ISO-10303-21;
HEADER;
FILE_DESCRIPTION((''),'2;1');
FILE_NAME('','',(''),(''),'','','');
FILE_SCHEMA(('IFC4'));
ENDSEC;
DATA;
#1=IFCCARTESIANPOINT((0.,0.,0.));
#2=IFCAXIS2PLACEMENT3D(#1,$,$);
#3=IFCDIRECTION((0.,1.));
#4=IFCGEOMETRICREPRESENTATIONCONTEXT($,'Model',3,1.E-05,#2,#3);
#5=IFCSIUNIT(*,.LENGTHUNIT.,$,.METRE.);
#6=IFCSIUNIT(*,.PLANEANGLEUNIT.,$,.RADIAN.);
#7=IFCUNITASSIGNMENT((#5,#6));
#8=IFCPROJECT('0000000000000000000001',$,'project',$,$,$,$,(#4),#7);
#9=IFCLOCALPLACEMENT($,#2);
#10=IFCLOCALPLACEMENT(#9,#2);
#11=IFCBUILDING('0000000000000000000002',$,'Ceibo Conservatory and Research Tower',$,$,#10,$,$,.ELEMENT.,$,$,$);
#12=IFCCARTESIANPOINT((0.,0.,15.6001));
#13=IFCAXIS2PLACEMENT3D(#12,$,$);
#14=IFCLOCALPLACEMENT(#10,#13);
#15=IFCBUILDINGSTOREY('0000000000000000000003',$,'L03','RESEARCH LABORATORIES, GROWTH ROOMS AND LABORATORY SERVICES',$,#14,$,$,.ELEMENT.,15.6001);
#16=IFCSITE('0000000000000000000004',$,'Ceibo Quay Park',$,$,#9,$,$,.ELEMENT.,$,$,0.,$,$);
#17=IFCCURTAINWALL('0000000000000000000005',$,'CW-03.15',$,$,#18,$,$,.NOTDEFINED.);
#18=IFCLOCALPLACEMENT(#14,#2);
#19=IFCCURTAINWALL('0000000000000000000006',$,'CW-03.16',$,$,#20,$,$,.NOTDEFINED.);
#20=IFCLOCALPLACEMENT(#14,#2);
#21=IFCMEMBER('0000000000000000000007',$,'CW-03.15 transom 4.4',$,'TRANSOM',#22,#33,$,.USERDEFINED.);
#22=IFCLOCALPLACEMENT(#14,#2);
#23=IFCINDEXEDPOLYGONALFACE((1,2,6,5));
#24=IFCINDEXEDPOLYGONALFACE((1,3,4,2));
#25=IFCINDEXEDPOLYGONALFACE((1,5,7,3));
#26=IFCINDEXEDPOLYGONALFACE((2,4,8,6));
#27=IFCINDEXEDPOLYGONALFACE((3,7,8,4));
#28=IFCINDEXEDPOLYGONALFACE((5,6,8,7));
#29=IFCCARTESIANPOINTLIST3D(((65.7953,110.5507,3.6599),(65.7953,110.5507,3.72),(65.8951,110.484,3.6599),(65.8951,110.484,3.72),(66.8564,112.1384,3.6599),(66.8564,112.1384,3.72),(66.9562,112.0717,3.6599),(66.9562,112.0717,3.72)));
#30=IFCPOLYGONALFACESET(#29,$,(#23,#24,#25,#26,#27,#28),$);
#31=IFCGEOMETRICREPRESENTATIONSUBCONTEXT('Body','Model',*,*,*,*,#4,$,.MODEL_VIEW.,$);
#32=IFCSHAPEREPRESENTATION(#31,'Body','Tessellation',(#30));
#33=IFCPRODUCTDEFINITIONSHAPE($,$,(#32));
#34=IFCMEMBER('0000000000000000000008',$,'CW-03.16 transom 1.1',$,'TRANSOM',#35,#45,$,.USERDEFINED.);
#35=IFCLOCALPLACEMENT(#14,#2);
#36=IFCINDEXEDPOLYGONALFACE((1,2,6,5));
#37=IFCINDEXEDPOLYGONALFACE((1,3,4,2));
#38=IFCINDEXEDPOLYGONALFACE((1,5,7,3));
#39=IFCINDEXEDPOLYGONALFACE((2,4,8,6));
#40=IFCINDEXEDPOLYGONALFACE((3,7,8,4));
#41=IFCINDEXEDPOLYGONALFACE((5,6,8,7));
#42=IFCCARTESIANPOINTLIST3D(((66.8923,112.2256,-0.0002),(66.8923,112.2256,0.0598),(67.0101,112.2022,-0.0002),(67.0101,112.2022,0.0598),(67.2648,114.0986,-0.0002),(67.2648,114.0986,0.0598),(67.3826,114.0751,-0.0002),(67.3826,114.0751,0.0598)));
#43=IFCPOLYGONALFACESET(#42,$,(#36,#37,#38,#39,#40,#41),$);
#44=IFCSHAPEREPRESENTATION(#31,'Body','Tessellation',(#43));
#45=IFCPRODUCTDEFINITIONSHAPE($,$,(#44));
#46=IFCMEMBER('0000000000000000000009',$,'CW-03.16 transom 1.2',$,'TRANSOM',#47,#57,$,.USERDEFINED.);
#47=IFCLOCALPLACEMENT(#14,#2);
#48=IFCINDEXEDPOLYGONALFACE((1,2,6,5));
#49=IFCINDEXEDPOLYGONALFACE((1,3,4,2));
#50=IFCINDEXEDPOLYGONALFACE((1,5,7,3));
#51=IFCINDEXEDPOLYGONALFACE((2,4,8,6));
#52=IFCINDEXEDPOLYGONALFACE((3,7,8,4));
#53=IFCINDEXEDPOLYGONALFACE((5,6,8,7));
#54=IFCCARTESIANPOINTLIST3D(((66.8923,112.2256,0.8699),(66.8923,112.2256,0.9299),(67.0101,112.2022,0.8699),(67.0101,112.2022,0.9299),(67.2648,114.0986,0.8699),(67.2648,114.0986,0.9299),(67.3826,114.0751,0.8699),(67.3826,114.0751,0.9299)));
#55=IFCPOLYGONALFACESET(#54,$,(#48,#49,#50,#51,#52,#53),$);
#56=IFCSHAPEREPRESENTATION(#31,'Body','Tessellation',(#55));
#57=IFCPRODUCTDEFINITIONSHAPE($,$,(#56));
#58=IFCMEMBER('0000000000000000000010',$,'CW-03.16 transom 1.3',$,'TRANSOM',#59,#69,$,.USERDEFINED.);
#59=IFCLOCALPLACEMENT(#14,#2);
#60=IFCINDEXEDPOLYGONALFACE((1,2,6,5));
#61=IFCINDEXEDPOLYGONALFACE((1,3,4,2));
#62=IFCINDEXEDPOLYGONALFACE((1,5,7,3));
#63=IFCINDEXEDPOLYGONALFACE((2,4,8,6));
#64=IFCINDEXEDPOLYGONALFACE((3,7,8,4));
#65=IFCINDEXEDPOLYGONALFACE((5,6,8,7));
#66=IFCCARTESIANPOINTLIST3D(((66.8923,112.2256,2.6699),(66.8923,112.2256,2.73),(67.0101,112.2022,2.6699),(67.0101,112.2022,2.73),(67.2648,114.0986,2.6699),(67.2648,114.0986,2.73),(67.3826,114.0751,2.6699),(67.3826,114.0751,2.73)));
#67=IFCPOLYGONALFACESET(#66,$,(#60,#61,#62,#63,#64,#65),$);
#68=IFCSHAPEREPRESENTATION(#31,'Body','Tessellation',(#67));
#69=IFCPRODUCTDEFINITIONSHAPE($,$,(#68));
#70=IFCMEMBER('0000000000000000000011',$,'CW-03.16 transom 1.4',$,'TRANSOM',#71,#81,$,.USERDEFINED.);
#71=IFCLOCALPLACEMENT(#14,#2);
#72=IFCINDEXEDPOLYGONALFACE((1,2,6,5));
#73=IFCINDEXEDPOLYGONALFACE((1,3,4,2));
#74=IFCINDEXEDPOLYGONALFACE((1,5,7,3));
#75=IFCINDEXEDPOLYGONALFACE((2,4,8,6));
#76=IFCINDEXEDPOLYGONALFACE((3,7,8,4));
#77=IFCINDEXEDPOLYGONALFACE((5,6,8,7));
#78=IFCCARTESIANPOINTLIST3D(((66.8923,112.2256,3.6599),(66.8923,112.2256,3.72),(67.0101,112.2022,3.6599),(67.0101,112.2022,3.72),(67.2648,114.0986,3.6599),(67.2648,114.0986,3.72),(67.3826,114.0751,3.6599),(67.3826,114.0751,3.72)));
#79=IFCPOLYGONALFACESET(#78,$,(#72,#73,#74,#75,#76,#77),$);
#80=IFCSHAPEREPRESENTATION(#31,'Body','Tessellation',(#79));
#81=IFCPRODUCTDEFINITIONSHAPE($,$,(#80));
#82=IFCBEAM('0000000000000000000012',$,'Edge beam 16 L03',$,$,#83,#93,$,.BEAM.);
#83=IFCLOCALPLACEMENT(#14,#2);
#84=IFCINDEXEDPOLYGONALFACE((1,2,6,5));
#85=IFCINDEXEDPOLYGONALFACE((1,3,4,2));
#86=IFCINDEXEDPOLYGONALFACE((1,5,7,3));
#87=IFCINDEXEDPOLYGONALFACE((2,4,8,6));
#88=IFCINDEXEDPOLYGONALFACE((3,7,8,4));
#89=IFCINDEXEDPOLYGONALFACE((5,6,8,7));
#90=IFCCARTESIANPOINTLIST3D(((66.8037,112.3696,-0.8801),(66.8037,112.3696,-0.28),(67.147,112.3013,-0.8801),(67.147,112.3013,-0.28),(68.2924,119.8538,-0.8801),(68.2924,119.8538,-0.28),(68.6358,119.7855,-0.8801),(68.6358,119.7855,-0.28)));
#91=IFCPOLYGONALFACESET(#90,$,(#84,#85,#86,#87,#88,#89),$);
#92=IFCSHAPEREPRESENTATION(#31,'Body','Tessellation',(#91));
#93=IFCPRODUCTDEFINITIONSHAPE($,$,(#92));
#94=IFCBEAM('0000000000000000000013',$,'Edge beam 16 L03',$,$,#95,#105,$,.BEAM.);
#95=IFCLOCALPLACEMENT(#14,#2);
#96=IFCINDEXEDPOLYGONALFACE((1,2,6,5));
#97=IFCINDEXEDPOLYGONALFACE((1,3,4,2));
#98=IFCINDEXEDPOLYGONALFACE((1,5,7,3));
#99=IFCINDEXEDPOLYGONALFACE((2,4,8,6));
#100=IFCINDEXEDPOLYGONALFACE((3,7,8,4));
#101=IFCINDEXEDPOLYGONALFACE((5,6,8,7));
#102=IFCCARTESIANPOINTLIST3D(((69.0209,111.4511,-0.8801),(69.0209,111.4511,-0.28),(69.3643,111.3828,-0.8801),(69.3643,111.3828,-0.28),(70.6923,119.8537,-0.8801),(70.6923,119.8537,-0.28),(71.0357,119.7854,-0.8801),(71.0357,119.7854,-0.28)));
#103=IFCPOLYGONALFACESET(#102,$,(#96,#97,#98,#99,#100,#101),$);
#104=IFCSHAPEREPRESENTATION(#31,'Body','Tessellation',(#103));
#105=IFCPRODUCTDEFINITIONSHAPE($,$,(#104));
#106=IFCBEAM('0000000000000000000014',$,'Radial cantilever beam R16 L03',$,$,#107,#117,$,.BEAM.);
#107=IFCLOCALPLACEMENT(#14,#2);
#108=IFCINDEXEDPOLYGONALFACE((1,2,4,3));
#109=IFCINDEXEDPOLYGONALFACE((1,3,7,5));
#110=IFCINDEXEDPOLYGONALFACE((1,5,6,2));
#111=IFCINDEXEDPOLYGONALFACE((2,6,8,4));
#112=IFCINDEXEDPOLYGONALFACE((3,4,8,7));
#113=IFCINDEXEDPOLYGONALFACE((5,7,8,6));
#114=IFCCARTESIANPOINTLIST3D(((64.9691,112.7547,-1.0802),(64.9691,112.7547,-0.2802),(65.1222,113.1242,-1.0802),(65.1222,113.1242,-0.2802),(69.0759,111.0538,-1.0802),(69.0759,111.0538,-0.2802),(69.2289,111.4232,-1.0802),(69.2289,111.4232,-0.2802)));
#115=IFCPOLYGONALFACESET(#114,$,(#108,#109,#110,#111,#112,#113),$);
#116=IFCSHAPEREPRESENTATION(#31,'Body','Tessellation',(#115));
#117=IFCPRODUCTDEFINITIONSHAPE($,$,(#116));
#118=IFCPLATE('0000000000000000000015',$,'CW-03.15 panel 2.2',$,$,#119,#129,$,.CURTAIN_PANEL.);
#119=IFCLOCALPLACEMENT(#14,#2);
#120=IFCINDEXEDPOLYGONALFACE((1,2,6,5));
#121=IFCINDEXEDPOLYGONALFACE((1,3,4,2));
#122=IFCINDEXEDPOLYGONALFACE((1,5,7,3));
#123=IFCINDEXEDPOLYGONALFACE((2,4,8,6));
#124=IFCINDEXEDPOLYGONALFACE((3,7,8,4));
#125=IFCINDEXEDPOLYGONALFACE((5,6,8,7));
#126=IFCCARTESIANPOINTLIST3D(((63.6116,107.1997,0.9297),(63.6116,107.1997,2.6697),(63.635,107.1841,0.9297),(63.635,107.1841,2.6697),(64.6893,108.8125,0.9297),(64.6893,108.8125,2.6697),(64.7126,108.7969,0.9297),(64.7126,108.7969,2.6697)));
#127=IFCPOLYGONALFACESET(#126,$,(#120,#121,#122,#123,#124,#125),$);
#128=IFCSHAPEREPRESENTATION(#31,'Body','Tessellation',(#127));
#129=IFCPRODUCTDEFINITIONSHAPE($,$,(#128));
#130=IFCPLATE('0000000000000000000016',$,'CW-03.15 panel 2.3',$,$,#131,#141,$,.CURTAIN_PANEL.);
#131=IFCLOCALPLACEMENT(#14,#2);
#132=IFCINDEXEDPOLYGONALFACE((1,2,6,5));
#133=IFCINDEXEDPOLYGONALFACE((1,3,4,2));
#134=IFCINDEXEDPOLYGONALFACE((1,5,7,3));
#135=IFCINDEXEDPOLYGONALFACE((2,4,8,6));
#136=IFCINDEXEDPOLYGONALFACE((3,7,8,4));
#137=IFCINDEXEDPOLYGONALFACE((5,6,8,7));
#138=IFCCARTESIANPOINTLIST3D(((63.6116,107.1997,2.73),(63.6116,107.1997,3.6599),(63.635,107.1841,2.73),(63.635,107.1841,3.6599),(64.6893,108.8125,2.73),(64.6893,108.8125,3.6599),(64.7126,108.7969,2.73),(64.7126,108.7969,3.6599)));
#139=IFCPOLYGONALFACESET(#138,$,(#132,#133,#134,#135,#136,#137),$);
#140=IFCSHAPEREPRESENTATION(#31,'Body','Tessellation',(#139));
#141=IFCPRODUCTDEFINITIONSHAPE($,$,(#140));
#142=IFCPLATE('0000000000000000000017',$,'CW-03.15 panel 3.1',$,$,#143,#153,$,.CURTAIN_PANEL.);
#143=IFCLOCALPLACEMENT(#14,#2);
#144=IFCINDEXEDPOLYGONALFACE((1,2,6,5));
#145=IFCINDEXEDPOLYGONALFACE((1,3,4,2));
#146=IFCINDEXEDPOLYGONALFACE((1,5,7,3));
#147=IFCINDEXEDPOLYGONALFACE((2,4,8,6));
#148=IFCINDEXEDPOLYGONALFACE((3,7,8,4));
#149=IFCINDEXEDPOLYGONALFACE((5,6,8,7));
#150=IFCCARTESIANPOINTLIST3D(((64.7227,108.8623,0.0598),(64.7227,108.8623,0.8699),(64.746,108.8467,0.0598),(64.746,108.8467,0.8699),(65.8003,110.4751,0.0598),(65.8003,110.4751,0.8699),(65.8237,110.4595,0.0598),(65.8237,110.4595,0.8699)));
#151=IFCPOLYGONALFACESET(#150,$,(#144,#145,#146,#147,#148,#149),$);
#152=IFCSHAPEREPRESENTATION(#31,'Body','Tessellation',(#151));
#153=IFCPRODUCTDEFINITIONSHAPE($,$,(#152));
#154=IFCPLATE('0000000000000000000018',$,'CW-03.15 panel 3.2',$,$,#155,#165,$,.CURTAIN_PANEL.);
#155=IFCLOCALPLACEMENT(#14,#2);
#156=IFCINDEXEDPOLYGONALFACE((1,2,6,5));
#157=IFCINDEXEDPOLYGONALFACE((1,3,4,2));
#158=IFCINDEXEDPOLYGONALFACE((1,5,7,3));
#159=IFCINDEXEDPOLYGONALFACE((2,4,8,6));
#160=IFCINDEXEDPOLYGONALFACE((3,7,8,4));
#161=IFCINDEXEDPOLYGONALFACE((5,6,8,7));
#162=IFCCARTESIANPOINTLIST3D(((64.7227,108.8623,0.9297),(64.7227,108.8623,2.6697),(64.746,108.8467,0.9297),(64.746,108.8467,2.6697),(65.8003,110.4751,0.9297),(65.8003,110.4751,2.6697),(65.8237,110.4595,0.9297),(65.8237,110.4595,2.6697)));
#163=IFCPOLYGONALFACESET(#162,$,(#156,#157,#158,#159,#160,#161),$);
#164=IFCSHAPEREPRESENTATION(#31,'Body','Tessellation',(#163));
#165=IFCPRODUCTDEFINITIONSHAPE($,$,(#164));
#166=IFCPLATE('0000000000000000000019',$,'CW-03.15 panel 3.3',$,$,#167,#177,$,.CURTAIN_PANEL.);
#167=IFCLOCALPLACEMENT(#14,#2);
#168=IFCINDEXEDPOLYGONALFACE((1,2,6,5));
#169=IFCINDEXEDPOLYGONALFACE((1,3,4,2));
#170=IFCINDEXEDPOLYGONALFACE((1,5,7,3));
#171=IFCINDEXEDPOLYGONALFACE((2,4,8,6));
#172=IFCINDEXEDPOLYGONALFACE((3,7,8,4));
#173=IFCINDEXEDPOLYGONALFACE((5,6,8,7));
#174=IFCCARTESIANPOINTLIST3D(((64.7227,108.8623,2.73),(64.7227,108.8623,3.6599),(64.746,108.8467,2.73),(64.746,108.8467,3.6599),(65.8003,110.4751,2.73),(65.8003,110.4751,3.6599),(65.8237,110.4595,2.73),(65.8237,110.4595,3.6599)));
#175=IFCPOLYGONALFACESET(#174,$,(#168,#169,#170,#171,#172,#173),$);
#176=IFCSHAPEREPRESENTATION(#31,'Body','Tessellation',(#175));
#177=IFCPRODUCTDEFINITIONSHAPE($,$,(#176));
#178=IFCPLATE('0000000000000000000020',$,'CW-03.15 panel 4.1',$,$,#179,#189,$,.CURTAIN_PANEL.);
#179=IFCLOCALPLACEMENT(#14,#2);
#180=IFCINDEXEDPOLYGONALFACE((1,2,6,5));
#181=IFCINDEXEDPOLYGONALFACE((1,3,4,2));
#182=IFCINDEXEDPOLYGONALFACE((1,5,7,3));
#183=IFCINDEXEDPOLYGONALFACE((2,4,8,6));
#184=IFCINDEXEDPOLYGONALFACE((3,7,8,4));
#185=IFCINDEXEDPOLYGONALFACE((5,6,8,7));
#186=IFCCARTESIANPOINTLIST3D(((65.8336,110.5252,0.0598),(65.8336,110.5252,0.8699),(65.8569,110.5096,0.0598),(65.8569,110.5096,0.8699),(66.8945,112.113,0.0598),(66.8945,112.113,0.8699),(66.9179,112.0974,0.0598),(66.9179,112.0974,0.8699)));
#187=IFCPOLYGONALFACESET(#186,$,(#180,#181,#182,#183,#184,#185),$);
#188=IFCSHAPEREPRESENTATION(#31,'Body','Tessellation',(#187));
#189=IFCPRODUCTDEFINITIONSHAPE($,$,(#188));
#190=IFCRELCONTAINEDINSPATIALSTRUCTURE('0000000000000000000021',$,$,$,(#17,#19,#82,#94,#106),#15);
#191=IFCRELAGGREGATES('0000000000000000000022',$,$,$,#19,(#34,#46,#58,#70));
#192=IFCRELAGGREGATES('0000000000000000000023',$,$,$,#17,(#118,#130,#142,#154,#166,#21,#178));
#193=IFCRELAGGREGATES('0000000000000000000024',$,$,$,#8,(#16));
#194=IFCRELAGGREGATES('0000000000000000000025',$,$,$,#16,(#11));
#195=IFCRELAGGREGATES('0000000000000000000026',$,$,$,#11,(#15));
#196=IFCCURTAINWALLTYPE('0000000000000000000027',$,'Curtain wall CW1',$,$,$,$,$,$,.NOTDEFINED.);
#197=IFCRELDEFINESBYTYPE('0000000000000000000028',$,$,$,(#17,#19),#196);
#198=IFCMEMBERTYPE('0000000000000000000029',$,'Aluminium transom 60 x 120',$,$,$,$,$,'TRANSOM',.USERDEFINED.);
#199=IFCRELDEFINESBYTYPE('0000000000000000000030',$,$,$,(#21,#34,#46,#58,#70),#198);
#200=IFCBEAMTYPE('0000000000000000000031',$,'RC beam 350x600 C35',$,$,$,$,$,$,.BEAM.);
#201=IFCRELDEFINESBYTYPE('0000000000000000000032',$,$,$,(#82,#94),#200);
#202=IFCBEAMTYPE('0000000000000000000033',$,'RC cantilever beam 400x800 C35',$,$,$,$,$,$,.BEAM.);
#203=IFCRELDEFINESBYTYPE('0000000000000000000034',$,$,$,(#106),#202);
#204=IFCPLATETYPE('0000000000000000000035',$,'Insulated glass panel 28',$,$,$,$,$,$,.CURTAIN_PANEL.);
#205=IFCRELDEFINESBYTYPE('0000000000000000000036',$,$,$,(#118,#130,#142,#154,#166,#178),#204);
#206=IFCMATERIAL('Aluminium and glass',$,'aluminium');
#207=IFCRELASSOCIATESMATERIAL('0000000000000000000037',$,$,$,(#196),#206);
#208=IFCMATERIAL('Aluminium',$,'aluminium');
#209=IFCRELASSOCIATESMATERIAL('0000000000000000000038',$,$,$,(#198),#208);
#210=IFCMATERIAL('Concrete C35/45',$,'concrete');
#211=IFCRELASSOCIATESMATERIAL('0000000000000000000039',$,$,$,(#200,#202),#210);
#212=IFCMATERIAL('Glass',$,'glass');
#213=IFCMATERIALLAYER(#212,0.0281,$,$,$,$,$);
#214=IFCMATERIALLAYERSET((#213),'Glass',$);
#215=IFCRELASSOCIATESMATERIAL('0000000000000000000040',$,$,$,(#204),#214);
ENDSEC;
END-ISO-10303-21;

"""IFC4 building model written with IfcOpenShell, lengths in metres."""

from ifc_helpers import new_model, si_unit, direction, frame, origin, origin_2d, place, context, subcontext, project, spatial, rectangle, extrude, material, layer, layer_set, material_profile, profile_set, type_object, element, aggregate, save


model = new_model("IFC4")

# Units and contexts
model_context = context("Model", 3, precision=1e-05, world=origin(), true_north=direction((0.0, 1.0)))
body_context = subcontext(model_context, "Body", "Model", "MODEL_VIEW")
ifc_project = project(units=[si_unit("LENGTHUNIT", "METRE"), si_unit("PLANEANGLEUNIT", "RADIAN")], contexts=[model_context])

# Site, building, storey
site_placement = place(None, origin())
site = spatial("IfcSite", under=ifc_project, at=site_placement, Name="Ceibo Quay Park", CompositionType="ELEMENT", RefElevation=0.0)
building_placement = place(site_placement, origin())
building = spatial("IfcBuilding", under=site, at=building_placement, Name="Ceibo Conservatory and Research Tower", CompositionType="ELEMENT")
storey_placement = place(building_placement, frame((0.0, 0.0, 15.6001)))
storey = spatial("IfcBuildingStorey", under=building, at=storey_placement, Name="L03", Description="RESEARCH LABORATORIES, GROWTH ROOMS AND LABORATORY SERVICES", CompositionType="ELEMENT", Elevation=15.6001)

# Shared definitions
ifc_material_1 = material(Name="Concrete C35/45", Category="concrete")

# Curtain wall
ifc_material_2 = material(Name="Aluminium and glass", Category="aluminium")
curtain_wall_type = type_object("IfcCurtainWallType", Name="Curtain wall CW1", PredefinedType="NOTDEFINED", material=ifc_material_2)
curtain_wall_1_placement = place(storey_placement, origin())
curtain_wall_1 = element("IfcCurtainWall", 1, at=curtain_wall_1_placement, inside=storey, type_object=curtain_wall_type, Name="CW-03.15", PredefinedType="NOTDEFINED")
ifc_material_3 = material(Name="Aluminium", Category="aluminium")

# Curtain wall
curtain_wall_2_placement = place(storey_placement, origin())
curtain_wall_2 = element("IfcCurtainWall", 2, at=curtain_wall_2_placement, inside=storey, type_object=curtain_wall_type, Name="CW-03.16", PredefinedType="NOTDEFINED")

# Members
ifc_material_profile_1 = material_profile(ifc_material_3, rectangle(XDim=0.1201, YDim=0.0601, at=origin_2d()), Name="Aluminium 60 x 120")
ifc_profile_set_1 = profile_set([ifc_material_profile_1], Name="Aluminium")
member_type_1 = type_object("IfcMemberType", Name="Aluminium transom 60 x 120", ElementType="TRANSOM", PredefinedType="USERDEFINED", material=ifc_profile_set_1)
member_1_placement = place(storey_placement, frame((65.8452, 110.5173, 3.6899), z_axis=(0.555644, 0.83142, 0.0), x_axis=(-0.83142, 0.555644, 0.0)))
member_1 = element("IfcMember", 3, at=member_1_placement, type_object=member_type_1, Name="CW-03.15 transom 4.4", ObjectType="TRANSOM", PredefinedType="USERDEFINED", context=body_context, shape_type="SweptSolid", body=[
    extrude(rectangle(XDim=0.1201, YDim=0.0601, at=origin_2d()), origin(), (0.0, 0.0, 1.0), 1.9097),
])
member_2_placement = place(storey_placement, frame((66.9512, 112.2139, 0.0298), z_axis=(0.195083, 0.980787, 0.0), x_axis=(-0.980787, 0.195083, 0.0)))
member_2 = element("IfcMember", 4, at=member_2_placement, type_object=member_type_1, Name="CW-03.16 transom 1.1", ObjectType="TRANSOM", PredefinedType="USERDEFINED", context=body_context, shape_type="SweptSolid", body=[
    extrude(rectangle(XDim=0.1201, YDim=0.0601, at=origin_2d()), origin(), (0.0, 0.0, 1.0), 1.9097),
])
member_3_placement = place(storey_placement, frame((66.9512, 112.2139, 0.8999), z_axis=(0.195083, 0.980787, 0.0), x_axis=(-0.980787, 0.195083, 0.0)))
member_3 = element("IfcMember", 5, at=member_3_placement, type_object=member_type_1, Name="CW-03.16 transom 1.2", ObjectType="TRANSOM", PredefinedType="USERDEFINED", context=body_context, shape_type="SweptSolid", body=[
    extrude(rectangle(XDim=0.1201, YDim=0.0601, at=origin_2d()), origin(), (0.0, 0.0, 1.0), 1.9097),
])
member_4_placement = place(storey_placement, frame((66.9512, 112.2139, 2.7), z_axis=(0.195083, 0.980787, 0.0), x_axis=(-0.980787, 0.195083, 0.0)))
member_4 = element("IfcMember", 6, at=member_4_placement, type_object=member_type_1, Name="CW-03.16 transom 1.3", ObjectType="TRANSOM", PredefinedType="USERDEFINED", context=body_context, shape_type="SweptSolid", body=[
    extrude(rectangle(XDim=0.1201, YDim=0.0601, at=origin_2d()), origin(), (0.0, 0.0, 1.0), 1.9097),
])
member_5_placement = place(storey_placement, frame((66.9512, 112.2139, 3.6899), z_axis=(0.195083, 0.980787, 0.0), x_axis=(-0.980787, 0.195083, 0.0)))
member_5 = element("IfcMember", 7, at=member_5_placement, type_object=member_type_1, Name="CW-03.16 transom 1.4", ObjectType="TRANSOM", PredefinedType="USERDEFINED", context=body_context, shape_type="SweptSolid", body=[
    extrude(rectangle(XDim=0.1201, YDim=0.0601, at=origin_2d()), origin(), (0.0, 0.0, 1.0), 1.9097),
])
aggregate(curtain_wall_2, [member_2, member_3, member_4, member_5])

# Beams
ifc_material_profile_2 = material_profile(ifc_material_1, rectangle(XDim=0.3501, YDim=0.6001, at=origin_2d()), Name="RC 350x600")
ifc_profile_set_2 = profile_set([ifc_material_profile_2], Name="Concrete C35/45")
beam_type_1 = type_object("IfcBeamType", Name="RC beam 350x600 C35", PredefinedType="BEAM", material=ifc_profile_set_2)
beam_1_placement = place(storey_placement, frame((66.9753, 112.3354, -0.5801), z_axis=(0.195101, 0.980783, 0.0), x_axis=(-0.980783, 0.195101, 0.0)))
element("IfcBeam", 8, at=beam_1_placement, inside=storey, type_object=beam_type_1, Name="Edge beam 16 L03", PredefinedType="BEAM", context=body_context, shape_type="SweptSolid", body=[
    extrude(rectangle(XDim=0.3501, YDim=0.6001, at=origin_2d()), origin(), (0.0, 0.0, 1.0), 7.6309),
])
beam_2_placement = place(storey_placement, frame((69.1926, 111.417, -0.5801), z_axis=(0.195091, 0.980785, 0.0), x_axis=(-0.980785, 0.195091, 0.0)))
element("IfcBeam", 9, at=beam_2_placement, inside=storey, type_object=beam_type_1, Name="Edge beam 16 L03", PredefinedType="BEAM", context=body_context, shape_type="SweptSolid", body=[
    extrude(rectangle(XDim=0.3501, YDim=0.6001, at=origin_2d()), origin(), (0.0, 0.0, 1.0), 8.5671),
])
ifc_material_profile_3 = material_profile(ifc_material_1, rectangle(XDim=0.3999, YDim=0.8, at=origin_2d()), Name="RC 400x800")
ifc_profile_set_3 = profile_set([ifc_material_profile_3], Name="Concrete C35/45")
beam_type_2 = type_object("IfcBeamType", Name="RC cantilever beam 400x800 C35", PredefinedType="BEAM", material=ifc_profile_set_3)
beam_3_placement = place(storey_placement, frame((65.0457, 112.9395, -0.6802), z_axis=(0.923889, -0.382661, 0.0), x_axis=(0.382661, 0.923889, 0.0)))
element("IfcBeam", 10, at=beam_3_placement, inside=storey, type_object=beam_type_2, Name="Radial cantilever beam R16 L03", PredefinedType="BEAM", context=body_context, shape_type="SweptSolid", body=[
    extrude(rectangle(XDim=0.3999, YDim=0.8, at=origin_2d()), origin(), (0.0, 0.0, 1.0), 4.4451),
])

# Plates
ifc_material_4 = material(Name="Glass", Category="glass")
ifc_layer_1 = layer(ifc_material_4, 0.0281)
ifc_layer_set_1 = layer_set([ifc_layer_1], Name="Glass")
plate_type = type_object("IfcPlateType", Name="Insulated glass panel 28", PredefinedType="CURTAIN_PANEL", material=ifc_layer_set_1)
plate_1_placement = place(storey_placement, frame((64.1621, 107.9983, 0.9297), z_axis=(0.0, 0.0, 1.0), x_axis=(0.55557, 0.83147, 0.0)))
plate_1 = element("IfcPlate", 11, at=plate_1_placement, type_object=plate_type, Name="CW-03.15 panel 2.2", PredefinedType="CURTAIN_PANEL", context=body_context, shape_type="SweptSolid", body=[
    extrude(rectangle(XDim=1.9397, YDim=0.0281, at=origin_2d()), origin(), (0.0, 0.0, 1.0), 1.74),
])
plate_2_placement = place(storey_placement, frame((64.1621, 107.9983, 2.73), z_axis=(0.0, 0.0, 1.0), x_axis=(0.55557, 0.83147, 0.0)))
plate_2 = element("IfcPlate", 12, at=plate_2_placement, type_object=plate_type, Name="CW-03.15 panel 2.3", PredefinedType="CURTAIN_PANEL", context=body_context, shape_type="SweptSolid", body=[
    extrude(rectangle(XDim=1.9397, YDim=0.0281, at=origin_2d()), origin(), (0.0, 0.0, 1.0), 0.9299),
])
plate_3_placement = place(storey_placement, frame((65.2732, 109.6609, 0.0598), z_axis=(0.0, 0.0, 1.0), x_axis=(0.55557, 0.83147, 0.0)))
plate_3 = element("IfcPlate", 13, at=plate_3_placement, type_object=plate_type, Name="CW-03.15 panel 3.1", PredefinedType="CURTAIN_PANEL", context=body_context, shape_type="SweptSolid", body=[
    extrude(rectangle(XDim=1.9397, YDim=0.0281, at=origin_2d()), origin(), (0.0, 0.0, 1.0), 0.8101),
])
plate_4_placement = place(storey_placement, frame((65.2732, 109.6609, 0.9297), z_axis=(0.0, 0.0, 1.0), x_axis=(0.55557, 0.83147, 0.0)))
plate_4 = element("IfcPlate", 14, at=plate_4_placement, type_object=plate_type, Name="CW-03.15 panel 3.2", PredefinedType="CURTAIN_PANEL", context=body_context, shape_type="SweptSolid", body=[
    extrude(rectangle(XDim=1.9397, YDim=0.0281, at=origin_2d()), origin(), (0.0, 0.0, 1.0), 1.74),
])
plate_5_placement = place(storey_placement, frame((65.2732, 109.6609, 2.73), z_axis=(0.0, 0.0, 1.0), x_axis=(0.55557, 0.83147, 0.0)))
plate_5 = element("IfcPlate", 15, at=plate_5_placement, type_object=plate_type, Name="CW-03.15 panel 3.3", PredefinedType="CURTAIN_PANEL", context=body_context, shape_type="SweptSolid", body=[
    extrude(rectangle(XDim=1.9397, YDim=0.0281, at=origin_2d()), origin(), (0.0, 0.0, 1.0), 0.9299),
])
plate_6_placement = place(storey_placement, frame((66.3757, 111.3113, 0.0598), z_axis=(0.0, 0.0, 1.0), x_axis=(0.55557, 0.83147, 0.0)))
plate_6 = element("IfcPlate", 16, at=plate_6_placement, type_object=plate_type, Name="CW-03.15 panel 4.1", PredefinedType="CURTAIN_PANEL", context=body_context, shape_type="SweptSolid", body=[
    extrude(rectangle(XDim=1.9097, YDim=0.0281, at=origin_2d()), origin(), (0.0, 0.0, 1.0), 0.8101),
])
aggregate(curtain_wall_1, [plate_1, plate_2, plate_3, plate_4, plate_5, member_1, plate_6])

save(model, "model.ifc")
